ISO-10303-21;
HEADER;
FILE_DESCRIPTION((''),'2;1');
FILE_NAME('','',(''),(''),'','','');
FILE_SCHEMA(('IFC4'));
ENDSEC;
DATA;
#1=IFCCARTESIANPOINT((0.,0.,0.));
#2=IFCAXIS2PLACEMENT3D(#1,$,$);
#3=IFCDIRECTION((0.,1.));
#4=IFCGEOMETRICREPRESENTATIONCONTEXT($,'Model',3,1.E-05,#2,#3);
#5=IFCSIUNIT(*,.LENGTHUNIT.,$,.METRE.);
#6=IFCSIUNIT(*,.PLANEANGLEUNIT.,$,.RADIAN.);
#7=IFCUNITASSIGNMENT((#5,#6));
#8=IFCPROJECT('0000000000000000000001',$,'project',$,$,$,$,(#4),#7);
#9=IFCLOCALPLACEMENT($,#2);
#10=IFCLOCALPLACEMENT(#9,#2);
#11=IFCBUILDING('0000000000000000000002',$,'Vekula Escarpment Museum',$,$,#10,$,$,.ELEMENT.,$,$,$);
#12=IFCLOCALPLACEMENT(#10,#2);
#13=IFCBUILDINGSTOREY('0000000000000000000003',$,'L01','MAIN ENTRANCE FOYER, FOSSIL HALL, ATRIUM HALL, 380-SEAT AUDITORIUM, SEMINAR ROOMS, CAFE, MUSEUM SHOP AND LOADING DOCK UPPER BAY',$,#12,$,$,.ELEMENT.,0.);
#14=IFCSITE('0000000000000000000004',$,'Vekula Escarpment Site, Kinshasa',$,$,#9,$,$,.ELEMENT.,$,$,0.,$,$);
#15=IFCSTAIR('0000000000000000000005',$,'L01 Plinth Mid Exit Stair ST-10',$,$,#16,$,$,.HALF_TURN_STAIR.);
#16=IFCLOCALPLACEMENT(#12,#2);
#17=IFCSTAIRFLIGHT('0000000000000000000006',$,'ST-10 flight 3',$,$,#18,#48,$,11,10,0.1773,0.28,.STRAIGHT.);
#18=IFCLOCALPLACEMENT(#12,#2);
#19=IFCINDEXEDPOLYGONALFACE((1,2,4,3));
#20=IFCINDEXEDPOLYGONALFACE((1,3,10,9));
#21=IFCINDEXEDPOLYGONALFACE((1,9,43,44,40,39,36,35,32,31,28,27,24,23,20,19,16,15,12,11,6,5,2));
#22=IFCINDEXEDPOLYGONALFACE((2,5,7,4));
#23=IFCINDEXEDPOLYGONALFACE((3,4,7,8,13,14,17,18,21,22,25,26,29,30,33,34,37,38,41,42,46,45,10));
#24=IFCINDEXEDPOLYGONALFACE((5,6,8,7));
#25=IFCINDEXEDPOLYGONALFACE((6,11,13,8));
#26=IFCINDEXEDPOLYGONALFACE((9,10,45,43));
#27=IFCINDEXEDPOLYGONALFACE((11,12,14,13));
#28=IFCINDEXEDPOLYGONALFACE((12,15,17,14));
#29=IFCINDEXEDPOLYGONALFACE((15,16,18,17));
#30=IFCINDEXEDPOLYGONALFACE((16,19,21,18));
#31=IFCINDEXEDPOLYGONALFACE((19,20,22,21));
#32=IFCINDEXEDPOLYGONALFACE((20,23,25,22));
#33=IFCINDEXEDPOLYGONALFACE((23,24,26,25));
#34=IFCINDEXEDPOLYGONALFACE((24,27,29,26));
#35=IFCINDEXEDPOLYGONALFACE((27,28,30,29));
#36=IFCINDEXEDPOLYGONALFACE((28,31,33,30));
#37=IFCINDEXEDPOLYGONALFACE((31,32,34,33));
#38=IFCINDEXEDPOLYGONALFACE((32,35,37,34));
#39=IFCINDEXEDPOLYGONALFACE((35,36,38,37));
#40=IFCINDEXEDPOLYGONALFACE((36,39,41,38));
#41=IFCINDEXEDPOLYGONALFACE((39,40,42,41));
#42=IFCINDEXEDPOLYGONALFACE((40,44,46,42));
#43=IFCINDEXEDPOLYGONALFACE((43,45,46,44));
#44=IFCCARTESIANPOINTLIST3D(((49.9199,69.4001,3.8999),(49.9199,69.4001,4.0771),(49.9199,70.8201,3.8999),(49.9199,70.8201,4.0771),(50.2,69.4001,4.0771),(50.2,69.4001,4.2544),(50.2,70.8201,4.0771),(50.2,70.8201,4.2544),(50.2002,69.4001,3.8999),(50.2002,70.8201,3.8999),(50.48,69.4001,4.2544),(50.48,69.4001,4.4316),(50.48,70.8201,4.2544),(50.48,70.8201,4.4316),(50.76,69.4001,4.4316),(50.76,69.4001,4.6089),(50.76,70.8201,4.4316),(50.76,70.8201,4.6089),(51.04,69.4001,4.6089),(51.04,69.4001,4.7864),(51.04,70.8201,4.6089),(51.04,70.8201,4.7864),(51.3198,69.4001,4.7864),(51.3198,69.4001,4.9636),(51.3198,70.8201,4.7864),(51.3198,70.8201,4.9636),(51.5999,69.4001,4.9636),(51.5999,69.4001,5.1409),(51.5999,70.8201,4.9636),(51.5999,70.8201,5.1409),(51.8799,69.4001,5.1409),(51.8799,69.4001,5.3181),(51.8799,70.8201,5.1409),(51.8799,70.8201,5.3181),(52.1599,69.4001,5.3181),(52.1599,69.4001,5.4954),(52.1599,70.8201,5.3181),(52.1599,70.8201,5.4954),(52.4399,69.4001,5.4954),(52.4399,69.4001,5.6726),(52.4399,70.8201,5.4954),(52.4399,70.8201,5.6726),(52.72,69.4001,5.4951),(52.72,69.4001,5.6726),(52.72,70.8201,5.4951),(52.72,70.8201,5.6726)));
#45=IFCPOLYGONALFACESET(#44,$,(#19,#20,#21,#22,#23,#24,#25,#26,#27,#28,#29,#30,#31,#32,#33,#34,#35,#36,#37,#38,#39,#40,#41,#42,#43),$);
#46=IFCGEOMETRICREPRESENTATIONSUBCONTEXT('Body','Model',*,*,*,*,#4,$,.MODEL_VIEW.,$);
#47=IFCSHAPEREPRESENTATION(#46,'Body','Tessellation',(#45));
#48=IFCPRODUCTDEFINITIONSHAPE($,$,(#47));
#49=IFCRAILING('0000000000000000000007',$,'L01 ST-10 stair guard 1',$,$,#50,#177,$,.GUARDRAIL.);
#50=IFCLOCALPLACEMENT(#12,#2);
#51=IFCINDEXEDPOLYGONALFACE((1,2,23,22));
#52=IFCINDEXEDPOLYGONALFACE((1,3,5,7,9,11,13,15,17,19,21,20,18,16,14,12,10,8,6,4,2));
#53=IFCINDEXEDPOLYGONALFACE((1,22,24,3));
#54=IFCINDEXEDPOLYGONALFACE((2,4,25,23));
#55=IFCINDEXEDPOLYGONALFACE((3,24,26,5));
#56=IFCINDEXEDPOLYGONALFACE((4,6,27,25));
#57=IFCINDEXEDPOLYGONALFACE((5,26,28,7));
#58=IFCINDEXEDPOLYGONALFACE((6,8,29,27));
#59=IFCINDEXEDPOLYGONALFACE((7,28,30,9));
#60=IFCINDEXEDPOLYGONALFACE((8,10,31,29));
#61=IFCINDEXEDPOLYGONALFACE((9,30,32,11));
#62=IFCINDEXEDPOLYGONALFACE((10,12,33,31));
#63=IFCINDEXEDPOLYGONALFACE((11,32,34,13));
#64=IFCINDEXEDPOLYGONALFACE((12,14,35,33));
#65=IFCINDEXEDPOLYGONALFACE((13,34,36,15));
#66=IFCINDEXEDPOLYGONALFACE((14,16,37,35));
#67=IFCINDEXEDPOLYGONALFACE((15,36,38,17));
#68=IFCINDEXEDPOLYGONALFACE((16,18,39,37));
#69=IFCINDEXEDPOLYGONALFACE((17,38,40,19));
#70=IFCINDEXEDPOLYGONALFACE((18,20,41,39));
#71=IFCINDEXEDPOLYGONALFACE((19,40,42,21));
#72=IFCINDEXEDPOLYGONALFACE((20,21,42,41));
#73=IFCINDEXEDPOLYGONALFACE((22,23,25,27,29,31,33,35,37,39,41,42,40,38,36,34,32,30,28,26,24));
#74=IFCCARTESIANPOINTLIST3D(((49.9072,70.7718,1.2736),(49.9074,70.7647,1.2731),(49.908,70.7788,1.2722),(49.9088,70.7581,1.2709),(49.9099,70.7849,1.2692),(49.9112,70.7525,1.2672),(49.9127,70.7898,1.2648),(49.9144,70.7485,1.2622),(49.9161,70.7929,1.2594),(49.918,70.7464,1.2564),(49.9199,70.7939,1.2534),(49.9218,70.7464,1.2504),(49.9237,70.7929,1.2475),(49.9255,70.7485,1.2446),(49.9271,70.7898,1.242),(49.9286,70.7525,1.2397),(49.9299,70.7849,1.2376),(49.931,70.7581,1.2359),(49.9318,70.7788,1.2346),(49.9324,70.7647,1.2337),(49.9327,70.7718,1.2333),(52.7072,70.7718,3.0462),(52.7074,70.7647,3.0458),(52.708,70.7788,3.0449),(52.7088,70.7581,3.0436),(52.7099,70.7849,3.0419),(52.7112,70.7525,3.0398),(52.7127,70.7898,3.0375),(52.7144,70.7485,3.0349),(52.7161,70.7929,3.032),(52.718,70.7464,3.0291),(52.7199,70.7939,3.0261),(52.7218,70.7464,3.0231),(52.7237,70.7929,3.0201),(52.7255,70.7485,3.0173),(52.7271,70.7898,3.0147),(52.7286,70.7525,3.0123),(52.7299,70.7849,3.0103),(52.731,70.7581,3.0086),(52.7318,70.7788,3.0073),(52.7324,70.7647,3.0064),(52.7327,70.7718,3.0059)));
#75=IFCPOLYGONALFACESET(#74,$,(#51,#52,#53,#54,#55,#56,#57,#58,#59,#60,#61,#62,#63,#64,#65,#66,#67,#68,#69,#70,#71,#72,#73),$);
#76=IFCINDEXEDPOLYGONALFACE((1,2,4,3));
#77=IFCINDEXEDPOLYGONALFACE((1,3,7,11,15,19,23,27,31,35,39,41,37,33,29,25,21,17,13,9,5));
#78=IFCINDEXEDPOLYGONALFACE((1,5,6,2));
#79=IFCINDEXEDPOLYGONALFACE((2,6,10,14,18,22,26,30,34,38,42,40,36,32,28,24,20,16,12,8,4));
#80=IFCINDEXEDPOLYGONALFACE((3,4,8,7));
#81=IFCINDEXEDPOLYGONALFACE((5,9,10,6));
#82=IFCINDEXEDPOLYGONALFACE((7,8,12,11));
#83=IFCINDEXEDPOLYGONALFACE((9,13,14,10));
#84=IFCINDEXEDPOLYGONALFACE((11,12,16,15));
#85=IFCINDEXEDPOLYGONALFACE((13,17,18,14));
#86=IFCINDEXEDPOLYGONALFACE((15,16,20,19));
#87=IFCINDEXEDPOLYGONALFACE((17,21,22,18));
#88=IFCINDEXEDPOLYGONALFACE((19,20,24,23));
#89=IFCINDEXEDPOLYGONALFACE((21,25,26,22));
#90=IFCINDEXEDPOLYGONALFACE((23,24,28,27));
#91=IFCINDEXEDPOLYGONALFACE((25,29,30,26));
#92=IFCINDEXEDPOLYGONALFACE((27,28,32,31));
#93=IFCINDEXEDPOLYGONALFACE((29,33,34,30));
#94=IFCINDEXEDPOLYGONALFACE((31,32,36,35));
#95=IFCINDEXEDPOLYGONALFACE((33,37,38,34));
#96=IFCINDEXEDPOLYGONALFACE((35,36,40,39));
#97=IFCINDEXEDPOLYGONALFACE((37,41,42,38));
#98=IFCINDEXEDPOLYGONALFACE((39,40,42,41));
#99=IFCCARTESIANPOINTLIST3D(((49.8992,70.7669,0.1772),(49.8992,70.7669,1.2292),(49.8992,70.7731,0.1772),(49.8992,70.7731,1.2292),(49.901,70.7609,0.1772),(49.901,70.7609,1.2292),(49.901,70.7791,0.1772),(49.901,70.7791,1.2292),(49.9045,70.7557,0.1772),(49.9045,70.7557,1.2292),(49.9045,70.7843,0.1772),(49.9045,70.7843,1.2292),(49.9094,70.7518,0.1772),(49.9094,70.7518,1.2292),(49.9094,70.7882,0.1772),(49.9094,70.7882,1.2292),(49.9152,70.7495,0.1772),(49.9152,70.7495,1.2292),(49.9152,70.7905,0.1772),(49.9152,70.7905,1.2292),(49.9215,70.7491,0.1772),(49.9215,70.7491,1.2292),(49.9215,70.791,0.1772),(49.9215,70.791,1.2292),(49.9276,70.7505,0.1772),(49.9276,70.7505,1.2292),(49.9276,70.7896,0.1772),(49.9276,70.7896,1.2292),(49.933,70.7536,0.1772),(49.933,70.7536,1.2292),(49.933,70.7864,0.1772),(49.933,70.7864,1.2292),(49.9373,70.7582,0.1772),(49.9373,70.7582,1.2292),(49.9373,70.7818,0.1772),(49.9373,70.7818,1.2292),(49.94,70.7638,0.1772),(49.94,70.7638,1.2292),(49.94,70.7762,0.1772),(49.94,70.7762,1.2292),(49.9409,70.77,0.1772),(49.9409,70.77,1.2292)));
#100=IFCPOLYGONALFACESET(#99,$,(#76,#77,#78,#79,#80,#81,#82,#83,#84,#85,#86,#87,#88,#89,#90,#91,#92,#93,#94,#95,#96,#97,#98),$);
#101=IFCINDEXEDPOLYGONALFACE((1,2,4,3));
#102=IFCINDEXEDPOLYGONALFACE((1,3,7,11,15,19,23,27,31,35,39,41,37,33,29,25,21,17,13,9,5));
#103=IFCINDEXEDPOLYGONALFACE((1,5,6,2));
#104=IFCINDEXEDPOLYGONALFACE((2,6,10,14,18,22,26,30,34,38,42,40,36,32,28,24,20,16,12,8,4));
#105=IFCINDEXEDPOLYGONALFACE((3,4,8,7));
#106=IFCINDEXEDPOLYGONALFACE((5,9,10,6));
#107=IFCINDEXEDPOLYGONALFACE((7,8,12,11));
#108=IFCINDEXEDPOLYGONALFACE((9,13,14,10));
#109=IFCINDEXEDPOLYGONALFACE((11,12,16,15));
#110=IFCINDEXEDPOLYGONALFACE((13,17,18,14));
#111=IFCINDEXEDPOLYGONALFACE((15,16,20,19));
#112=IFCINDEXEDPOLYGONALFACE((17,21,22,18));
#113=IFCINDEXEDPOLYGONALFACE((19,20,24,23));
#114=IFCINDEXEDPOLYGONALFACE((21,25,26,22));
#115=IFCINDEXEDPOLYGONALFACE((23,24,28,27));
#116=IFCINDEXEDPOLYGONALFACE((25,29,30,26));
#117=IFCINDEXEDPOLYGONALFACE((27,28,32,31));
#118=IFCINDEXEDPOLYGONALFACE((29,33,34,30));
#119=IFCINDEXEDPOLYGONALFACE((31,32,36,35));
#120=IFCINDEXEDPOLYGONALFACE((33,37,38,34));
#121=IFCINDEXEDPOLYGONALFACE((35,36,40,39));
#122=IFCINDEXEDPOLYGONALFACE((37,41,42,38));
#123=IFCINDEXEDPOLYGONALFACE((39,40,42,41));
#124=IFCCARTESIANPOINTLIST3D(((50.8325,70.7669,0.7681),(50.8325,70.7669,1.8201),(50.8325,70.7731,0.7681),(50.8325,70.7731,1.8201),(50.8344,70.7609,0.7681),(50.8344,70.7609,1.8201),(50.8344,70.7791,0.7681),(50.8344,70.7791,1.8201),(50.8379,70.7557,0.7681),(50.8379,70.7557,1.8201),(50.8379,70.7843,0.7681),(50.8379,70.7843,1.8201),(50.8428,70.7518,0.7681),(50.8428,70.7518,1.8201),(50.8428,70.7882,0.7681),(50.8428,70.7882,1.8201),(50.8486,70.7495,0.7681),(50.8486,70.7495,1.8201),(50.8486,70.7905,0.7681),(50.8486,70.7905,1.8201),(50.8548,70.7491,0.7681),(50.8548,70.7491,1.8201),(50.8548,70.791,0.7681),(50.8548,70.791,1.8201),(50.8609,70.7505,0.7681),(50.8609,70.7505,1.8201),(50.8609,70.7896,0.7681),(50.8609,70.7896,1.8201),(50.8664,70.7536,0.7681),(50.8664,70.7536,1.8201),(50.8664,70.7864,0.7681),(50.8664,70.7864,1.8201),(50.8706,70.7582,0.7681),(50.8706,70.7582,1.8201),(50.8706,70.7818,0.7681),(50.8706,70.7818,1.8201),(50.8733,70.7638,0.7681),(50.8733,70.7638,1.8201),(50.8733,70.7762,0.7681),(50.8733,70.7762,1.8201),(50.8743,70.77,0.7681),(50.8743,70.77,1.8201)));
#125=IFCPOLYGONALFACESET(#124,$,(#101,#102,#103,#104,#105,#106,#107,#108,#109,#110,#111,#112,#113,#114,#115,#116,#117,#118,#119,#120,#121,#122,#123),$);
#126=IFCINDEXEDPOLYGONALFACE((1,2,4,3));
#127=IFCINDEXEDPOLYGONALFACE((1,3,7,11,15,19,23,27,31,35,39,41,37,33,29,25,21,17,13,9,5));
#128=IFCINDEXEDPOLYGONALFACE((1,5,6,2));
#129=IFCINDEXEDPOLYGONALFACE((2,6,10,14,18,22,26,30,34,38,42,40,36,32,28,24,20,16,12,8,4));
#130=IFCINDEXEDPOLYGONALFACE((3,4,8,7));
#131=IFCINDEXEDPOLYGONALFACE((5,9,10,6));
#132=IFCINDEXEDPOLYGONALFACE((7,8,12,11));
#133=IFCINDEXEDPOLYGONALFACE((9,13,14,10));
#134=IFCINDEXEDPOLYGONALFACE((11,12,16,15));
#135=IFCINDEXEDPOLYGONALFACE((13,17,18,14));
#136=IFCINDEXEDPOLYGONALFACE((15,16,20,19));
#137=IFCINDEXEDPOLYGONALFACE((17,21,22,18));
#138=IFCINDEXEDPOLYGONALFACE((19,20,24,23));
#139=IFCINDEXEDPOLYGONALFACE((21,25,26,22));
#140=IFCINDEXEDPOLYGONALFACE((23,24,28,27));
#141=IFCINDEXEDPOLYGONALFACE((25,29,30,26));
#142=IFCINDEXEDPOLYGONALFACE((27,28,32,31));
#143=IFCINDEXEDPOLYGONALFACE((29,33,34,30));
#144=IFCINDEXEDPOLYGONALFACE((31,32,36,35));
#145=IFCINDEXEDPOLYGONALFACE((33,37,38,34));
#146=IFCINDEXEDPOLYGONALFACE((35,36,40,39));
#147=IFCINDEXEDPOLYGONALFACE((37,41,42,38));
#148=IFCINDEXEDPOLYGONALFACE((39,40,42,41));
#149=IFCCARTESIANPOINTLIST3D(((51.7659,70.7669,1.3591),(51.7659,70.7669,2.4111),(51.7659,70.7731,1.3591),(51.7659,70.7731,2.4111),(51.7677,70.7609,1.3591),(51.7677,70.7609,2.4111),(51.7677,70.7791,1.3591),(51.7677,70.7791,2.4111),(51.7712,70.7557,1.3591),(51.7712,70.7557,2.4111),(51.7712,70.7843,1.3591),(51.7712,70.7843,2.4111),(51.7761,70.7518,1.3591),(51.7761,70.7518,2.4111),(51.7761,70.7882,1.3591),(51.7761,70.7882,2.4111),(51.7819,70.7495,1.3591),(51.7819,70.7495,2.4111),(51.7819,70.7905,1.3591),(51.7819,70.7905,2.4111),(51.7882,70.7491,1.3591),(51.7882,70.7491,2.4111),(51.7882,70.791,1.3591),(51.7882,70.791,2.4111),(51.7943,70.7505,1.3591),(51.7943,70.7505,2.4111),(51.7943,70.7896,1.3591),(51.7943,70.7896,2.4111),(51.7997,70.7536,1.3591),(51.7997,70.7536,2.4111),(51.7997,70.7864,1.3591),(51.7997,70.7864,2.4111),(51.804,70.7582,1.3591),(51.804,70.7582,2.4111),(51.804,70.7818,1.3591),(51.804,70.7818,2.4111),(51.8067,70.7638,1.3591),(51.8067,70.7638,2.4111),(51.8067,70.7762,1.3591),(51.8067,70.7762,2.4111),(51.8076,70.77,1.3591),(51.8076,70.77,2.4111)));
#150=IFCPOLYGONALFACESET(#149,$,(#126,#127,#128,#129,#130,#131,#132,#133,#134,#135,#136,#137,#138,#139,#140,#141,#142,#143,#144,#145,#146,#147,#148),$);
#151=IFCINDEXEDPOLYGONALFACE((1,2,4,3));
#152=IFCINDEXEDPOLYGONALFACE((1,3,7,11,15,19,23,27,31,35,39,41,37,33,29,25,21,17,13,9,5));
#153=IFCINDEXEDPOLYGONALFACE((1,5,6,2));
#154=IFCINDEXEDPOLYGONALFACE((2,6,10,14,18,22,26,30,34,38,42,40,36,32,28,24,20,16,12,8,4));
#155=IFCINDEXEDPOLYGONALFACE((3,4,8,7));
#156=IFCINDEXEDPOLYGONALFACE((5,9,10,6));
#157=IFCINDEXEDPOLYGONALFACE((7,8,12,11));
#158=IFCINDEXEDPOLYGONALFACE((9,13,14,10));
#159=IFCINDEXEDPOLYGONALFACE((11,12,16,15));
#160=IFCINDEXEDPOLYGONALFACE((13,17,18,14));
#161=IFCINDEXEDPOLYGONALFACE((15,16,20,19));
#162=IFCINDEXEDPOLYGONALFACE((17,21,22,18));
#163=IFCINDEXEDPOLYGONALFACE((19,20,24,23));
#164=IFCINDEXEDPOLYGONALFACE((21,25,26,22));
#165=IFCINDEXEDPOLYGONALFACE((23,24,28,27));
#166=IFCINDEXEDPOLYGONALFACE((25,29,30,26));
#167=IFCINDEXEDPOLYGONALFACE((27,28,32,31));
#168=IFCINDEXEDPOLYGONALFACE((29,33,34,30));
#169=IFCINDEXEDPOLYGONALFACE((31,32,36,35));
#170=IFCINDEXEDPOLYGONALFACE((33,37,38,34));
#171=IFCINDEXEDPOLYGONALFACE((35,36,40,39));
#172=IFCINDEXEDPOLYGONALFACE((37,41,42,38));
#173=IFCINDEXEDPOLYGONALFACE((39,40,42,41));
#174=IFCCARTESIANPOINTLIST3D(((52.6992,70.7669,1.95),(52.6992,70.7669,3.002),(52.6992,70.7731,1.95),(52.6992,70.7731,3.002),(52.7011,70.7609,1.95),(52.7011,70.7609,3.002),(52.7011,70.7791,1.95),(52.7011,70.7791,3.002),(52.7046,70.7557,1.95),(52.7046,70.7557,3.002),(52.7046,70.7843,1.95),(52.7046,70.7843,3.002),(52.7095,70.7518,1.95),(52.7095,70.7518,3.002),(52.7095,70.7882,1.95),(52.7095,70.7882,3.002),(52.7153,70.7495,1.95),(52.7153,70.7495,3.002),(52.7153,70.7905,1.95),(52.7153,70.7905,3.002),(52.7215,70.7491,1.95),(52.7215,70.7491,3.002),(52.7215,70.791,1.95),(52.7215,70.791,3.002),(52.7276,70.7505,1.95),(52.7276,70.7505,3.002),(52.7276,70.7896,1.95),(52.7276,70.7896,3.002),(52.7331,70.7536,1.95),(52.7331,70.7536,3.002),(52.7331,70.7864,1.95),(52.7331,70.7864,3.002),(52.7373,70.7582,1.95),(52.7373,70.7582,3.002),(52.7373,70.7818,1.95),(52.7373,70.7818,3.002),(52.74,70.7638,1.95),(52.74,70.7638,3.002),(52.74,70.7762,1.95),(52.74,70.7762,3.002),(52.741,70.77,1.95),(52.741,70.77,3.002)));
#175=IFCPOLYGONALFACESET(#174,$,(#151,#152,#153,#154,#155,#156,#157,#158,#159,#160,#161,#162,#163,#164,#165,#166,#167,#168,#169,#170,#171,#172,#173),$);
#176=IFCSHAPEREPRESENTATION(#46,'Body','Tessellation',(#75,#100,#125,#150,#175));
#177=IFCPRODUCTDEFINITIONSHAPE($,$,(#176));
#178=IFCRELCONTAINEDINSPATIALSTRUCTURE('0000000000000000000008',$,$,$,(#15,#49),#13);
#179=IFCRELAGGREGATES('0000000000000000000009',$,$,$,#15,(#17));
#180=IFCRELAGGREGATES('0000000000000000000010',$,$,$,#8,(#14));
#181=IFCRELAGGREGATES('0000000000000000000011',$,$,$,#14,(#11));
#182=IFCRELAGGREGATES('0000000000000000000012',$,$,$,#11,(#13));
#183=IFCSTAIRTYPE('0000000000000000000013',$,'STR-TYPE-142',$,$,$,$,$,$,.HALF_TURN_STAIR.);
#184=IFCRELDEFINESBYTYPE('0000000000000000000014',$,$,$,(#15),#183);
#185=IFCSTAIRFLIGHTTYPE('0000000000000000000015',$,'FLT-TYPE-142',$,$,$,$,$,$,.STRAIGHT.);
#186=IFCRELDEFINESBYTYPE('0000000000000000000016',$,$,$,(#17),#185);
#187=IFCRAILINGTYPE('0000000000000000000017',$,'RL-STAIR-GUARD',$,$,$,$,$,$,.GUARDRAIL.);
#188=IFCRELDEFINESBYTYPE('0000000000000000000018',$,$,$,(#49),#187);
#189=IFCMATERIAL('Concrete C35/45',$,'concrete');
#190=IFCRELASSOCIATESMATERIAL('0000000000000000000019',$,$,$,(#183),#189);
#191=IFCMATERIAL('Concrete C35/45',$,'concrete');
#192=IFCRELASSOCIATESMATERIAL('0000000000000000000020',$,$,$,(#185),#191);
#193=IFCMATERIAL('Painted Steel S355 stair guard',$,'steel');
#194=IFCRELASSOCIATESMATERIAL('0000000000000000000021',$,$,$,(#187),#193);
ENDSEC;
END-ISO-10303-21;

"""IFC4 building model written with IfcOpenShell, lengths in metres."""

from ifc_helpers import new_model, si_unit, direction, frame, origin, origin_2d, place, context, subcontext, project, spatial, polyline, circle, outline, extrude, material, type_object, element, aggregate, save


model = new_model("IFC4")

# Units and contexts
model_context = context("Model", 3, precision=1e-05, world=origin(), true_north=direction((0.0, 1.0)))
body_context = subcontext(model_context, "Body", "Model", "MODEL_VIEW")
ifc_project = project(units=[si_unit("LENGTHUNIT", "METRE"), si_unit("PLANEANGLEUNIT", "RADIAN")], contexts=[model_context])

# Site, building, storey
site_placement = place(None, origin())
site = spatial("IfcSite", under=ifc_project, at=site_placement, Name="Vekula Escarpment Site, Kinshasa", CompositionType="ELEMENT", RefElevation=0.0)
building_placement = place(site_placement, origin())
building = spatial("IfcBuilding", under=site, at=building_placement, Name="Vekula Escarpment Museum", CompositionType="ELEMENT")
storey_placement = place(building_placement, origin())
storey = spatial("IfcBuildingStorey", under=building, at=storey_placement, Name="L01", Description="MAIN ENTRANCE FOYER, FOSSIL HALL, ATRIUM HALL, 380-SEAT AUDITORIUM, SEMINAR ROOMS, CAFE, MUSEUM SHOP AND LOADING DOCK UPPER BAY", CompositionType="ELEMENT", Elevation=0.0)

# Stair, stair flight
ifc_material_1 = material(Name="Concrete C35/45", Category="concrete")
stair_type = type_object("IfcStairType", Name="STR-TYPE-142", PredefinedType="HALF_TURN_STAIR", material=ifc_material_1)
stair_placement = place(storey_placement, origin())
stair = element("IfcStair", 1, at=stair_placement, inside=storey, type_object=stair_type, Name="L01 Plinth Mid Exit Stair ST-10", PredefinedType="HALF_TURN_STAIR")
ifc_material_2 = material(Name="Concrete C35/45", Category="concrete")
stair_flight_type = type_object("IfcStairFlightType", Name="FLT-TYPE-142", PredefinedType="STRAIGHT", material=ifc_material_2)
stair_flight_1_placement = place(storey_placement, frame((49.9199, 70.1101, 3.8999), z_axis=(0.0, 0.0, 1.0), x_axis=(1.0, 0.0, 0.0)))
stair_flight_1 = element("IfcStairFlight", 2, at=stair_flight_1_placement, type_object=stair_flight_type, Name="ST-10 flight 3", NumberOfRisers=11, NumberOfTreads=10, PredefinedType="STRAIGHT", RiserHeight=0.1773, TreadLength=0.28, context=body_context, shape_type="SweptSolid", body=[
    extrude(outline(polyline([(0.0, 0.0), (0.0, 0.1772), (0.28, 0.1772), (0.28, 0.3545), (0.5601, 0.3545), (0.5601, 0.5317), (0.8401, 0.5317), (0.8401, 0.709), (1.1201, 0.709), (1.1201, 0.8865), (1.3999, 0.8865), (1.3999, 1.0637), (1.6799, 1.0637), (1.6799, 1.241), (1.96, 1.241), (1.96, 1.4182), (2.24, 1.4182), (2.24, 1.5955), (2.52, 1.5955), (2.52, 1.7727), (2.8, 1.7727), (2.8, 1.95), (2.8, 1.5952), (0.2803, 0.0), (0.0, 0.0)])), frame((0.0, 0.71, 0.0), z_axis=(0.0, -1.0, 0.0), x_axis=(1.0, 0.0, 0.0)), (0.0, 0.0, 1.0), 1.4199),
])
aggregate(stair, [stair_flight_1])

# Railing
ifc_material_3 = material(Name="Painted Steel S355 stair guard", Category="steel")
railing_type_1 = type_object("IfcRailingType", Name="RL-STAIR-GUARD", PredefinedType="GUARDRAIL", material=ifc_material_3)
railing_1_placement = place(storey_placement, frame((49.9199, 70.77, 0.1772)))
element("IfcRailing", 3, at=railing_1_placement, inside=storey, type_object=railing_type_1, Name="L01 ST-10 stair guard 1", PredefinedType="GUARDRAIL", context=body_context, shape_type="SweptSolid", body=[
    extrude(circle(Radius=0.0239, at=origin_2d()), frame((0.0, 0.0, 1.0762), z_axis=(0.844909, 0.0, 0.53491), x_axis=(0.0, 1.0, 0.0)), (0.0, 0.0, 1.0), 3.314),
    extrude(circle(Radius=0.021, at=origin_2d()), origin(), (0.0, 0.0, 1.0), 1.052),
    extrude(circle(Radius=0.021, at=origin_2d()), frame((0.9333, 0.0, 0.5908)), (0.0, 0.0, 1.0), 1.052),
    extrude(circle(Radius=0.021, at=origin_2d()), frame((1.8667, 0.0, 1.1819)), (0.0, 0.0, 1.0), 1.052),
    extrude(circle(Radius=0.021, at=origin_2d()), frame((2.8, 0.0, 1.7727)), (0.0, 0.0, 1.0), 1.052),
])

save(model, "model.ifc")
